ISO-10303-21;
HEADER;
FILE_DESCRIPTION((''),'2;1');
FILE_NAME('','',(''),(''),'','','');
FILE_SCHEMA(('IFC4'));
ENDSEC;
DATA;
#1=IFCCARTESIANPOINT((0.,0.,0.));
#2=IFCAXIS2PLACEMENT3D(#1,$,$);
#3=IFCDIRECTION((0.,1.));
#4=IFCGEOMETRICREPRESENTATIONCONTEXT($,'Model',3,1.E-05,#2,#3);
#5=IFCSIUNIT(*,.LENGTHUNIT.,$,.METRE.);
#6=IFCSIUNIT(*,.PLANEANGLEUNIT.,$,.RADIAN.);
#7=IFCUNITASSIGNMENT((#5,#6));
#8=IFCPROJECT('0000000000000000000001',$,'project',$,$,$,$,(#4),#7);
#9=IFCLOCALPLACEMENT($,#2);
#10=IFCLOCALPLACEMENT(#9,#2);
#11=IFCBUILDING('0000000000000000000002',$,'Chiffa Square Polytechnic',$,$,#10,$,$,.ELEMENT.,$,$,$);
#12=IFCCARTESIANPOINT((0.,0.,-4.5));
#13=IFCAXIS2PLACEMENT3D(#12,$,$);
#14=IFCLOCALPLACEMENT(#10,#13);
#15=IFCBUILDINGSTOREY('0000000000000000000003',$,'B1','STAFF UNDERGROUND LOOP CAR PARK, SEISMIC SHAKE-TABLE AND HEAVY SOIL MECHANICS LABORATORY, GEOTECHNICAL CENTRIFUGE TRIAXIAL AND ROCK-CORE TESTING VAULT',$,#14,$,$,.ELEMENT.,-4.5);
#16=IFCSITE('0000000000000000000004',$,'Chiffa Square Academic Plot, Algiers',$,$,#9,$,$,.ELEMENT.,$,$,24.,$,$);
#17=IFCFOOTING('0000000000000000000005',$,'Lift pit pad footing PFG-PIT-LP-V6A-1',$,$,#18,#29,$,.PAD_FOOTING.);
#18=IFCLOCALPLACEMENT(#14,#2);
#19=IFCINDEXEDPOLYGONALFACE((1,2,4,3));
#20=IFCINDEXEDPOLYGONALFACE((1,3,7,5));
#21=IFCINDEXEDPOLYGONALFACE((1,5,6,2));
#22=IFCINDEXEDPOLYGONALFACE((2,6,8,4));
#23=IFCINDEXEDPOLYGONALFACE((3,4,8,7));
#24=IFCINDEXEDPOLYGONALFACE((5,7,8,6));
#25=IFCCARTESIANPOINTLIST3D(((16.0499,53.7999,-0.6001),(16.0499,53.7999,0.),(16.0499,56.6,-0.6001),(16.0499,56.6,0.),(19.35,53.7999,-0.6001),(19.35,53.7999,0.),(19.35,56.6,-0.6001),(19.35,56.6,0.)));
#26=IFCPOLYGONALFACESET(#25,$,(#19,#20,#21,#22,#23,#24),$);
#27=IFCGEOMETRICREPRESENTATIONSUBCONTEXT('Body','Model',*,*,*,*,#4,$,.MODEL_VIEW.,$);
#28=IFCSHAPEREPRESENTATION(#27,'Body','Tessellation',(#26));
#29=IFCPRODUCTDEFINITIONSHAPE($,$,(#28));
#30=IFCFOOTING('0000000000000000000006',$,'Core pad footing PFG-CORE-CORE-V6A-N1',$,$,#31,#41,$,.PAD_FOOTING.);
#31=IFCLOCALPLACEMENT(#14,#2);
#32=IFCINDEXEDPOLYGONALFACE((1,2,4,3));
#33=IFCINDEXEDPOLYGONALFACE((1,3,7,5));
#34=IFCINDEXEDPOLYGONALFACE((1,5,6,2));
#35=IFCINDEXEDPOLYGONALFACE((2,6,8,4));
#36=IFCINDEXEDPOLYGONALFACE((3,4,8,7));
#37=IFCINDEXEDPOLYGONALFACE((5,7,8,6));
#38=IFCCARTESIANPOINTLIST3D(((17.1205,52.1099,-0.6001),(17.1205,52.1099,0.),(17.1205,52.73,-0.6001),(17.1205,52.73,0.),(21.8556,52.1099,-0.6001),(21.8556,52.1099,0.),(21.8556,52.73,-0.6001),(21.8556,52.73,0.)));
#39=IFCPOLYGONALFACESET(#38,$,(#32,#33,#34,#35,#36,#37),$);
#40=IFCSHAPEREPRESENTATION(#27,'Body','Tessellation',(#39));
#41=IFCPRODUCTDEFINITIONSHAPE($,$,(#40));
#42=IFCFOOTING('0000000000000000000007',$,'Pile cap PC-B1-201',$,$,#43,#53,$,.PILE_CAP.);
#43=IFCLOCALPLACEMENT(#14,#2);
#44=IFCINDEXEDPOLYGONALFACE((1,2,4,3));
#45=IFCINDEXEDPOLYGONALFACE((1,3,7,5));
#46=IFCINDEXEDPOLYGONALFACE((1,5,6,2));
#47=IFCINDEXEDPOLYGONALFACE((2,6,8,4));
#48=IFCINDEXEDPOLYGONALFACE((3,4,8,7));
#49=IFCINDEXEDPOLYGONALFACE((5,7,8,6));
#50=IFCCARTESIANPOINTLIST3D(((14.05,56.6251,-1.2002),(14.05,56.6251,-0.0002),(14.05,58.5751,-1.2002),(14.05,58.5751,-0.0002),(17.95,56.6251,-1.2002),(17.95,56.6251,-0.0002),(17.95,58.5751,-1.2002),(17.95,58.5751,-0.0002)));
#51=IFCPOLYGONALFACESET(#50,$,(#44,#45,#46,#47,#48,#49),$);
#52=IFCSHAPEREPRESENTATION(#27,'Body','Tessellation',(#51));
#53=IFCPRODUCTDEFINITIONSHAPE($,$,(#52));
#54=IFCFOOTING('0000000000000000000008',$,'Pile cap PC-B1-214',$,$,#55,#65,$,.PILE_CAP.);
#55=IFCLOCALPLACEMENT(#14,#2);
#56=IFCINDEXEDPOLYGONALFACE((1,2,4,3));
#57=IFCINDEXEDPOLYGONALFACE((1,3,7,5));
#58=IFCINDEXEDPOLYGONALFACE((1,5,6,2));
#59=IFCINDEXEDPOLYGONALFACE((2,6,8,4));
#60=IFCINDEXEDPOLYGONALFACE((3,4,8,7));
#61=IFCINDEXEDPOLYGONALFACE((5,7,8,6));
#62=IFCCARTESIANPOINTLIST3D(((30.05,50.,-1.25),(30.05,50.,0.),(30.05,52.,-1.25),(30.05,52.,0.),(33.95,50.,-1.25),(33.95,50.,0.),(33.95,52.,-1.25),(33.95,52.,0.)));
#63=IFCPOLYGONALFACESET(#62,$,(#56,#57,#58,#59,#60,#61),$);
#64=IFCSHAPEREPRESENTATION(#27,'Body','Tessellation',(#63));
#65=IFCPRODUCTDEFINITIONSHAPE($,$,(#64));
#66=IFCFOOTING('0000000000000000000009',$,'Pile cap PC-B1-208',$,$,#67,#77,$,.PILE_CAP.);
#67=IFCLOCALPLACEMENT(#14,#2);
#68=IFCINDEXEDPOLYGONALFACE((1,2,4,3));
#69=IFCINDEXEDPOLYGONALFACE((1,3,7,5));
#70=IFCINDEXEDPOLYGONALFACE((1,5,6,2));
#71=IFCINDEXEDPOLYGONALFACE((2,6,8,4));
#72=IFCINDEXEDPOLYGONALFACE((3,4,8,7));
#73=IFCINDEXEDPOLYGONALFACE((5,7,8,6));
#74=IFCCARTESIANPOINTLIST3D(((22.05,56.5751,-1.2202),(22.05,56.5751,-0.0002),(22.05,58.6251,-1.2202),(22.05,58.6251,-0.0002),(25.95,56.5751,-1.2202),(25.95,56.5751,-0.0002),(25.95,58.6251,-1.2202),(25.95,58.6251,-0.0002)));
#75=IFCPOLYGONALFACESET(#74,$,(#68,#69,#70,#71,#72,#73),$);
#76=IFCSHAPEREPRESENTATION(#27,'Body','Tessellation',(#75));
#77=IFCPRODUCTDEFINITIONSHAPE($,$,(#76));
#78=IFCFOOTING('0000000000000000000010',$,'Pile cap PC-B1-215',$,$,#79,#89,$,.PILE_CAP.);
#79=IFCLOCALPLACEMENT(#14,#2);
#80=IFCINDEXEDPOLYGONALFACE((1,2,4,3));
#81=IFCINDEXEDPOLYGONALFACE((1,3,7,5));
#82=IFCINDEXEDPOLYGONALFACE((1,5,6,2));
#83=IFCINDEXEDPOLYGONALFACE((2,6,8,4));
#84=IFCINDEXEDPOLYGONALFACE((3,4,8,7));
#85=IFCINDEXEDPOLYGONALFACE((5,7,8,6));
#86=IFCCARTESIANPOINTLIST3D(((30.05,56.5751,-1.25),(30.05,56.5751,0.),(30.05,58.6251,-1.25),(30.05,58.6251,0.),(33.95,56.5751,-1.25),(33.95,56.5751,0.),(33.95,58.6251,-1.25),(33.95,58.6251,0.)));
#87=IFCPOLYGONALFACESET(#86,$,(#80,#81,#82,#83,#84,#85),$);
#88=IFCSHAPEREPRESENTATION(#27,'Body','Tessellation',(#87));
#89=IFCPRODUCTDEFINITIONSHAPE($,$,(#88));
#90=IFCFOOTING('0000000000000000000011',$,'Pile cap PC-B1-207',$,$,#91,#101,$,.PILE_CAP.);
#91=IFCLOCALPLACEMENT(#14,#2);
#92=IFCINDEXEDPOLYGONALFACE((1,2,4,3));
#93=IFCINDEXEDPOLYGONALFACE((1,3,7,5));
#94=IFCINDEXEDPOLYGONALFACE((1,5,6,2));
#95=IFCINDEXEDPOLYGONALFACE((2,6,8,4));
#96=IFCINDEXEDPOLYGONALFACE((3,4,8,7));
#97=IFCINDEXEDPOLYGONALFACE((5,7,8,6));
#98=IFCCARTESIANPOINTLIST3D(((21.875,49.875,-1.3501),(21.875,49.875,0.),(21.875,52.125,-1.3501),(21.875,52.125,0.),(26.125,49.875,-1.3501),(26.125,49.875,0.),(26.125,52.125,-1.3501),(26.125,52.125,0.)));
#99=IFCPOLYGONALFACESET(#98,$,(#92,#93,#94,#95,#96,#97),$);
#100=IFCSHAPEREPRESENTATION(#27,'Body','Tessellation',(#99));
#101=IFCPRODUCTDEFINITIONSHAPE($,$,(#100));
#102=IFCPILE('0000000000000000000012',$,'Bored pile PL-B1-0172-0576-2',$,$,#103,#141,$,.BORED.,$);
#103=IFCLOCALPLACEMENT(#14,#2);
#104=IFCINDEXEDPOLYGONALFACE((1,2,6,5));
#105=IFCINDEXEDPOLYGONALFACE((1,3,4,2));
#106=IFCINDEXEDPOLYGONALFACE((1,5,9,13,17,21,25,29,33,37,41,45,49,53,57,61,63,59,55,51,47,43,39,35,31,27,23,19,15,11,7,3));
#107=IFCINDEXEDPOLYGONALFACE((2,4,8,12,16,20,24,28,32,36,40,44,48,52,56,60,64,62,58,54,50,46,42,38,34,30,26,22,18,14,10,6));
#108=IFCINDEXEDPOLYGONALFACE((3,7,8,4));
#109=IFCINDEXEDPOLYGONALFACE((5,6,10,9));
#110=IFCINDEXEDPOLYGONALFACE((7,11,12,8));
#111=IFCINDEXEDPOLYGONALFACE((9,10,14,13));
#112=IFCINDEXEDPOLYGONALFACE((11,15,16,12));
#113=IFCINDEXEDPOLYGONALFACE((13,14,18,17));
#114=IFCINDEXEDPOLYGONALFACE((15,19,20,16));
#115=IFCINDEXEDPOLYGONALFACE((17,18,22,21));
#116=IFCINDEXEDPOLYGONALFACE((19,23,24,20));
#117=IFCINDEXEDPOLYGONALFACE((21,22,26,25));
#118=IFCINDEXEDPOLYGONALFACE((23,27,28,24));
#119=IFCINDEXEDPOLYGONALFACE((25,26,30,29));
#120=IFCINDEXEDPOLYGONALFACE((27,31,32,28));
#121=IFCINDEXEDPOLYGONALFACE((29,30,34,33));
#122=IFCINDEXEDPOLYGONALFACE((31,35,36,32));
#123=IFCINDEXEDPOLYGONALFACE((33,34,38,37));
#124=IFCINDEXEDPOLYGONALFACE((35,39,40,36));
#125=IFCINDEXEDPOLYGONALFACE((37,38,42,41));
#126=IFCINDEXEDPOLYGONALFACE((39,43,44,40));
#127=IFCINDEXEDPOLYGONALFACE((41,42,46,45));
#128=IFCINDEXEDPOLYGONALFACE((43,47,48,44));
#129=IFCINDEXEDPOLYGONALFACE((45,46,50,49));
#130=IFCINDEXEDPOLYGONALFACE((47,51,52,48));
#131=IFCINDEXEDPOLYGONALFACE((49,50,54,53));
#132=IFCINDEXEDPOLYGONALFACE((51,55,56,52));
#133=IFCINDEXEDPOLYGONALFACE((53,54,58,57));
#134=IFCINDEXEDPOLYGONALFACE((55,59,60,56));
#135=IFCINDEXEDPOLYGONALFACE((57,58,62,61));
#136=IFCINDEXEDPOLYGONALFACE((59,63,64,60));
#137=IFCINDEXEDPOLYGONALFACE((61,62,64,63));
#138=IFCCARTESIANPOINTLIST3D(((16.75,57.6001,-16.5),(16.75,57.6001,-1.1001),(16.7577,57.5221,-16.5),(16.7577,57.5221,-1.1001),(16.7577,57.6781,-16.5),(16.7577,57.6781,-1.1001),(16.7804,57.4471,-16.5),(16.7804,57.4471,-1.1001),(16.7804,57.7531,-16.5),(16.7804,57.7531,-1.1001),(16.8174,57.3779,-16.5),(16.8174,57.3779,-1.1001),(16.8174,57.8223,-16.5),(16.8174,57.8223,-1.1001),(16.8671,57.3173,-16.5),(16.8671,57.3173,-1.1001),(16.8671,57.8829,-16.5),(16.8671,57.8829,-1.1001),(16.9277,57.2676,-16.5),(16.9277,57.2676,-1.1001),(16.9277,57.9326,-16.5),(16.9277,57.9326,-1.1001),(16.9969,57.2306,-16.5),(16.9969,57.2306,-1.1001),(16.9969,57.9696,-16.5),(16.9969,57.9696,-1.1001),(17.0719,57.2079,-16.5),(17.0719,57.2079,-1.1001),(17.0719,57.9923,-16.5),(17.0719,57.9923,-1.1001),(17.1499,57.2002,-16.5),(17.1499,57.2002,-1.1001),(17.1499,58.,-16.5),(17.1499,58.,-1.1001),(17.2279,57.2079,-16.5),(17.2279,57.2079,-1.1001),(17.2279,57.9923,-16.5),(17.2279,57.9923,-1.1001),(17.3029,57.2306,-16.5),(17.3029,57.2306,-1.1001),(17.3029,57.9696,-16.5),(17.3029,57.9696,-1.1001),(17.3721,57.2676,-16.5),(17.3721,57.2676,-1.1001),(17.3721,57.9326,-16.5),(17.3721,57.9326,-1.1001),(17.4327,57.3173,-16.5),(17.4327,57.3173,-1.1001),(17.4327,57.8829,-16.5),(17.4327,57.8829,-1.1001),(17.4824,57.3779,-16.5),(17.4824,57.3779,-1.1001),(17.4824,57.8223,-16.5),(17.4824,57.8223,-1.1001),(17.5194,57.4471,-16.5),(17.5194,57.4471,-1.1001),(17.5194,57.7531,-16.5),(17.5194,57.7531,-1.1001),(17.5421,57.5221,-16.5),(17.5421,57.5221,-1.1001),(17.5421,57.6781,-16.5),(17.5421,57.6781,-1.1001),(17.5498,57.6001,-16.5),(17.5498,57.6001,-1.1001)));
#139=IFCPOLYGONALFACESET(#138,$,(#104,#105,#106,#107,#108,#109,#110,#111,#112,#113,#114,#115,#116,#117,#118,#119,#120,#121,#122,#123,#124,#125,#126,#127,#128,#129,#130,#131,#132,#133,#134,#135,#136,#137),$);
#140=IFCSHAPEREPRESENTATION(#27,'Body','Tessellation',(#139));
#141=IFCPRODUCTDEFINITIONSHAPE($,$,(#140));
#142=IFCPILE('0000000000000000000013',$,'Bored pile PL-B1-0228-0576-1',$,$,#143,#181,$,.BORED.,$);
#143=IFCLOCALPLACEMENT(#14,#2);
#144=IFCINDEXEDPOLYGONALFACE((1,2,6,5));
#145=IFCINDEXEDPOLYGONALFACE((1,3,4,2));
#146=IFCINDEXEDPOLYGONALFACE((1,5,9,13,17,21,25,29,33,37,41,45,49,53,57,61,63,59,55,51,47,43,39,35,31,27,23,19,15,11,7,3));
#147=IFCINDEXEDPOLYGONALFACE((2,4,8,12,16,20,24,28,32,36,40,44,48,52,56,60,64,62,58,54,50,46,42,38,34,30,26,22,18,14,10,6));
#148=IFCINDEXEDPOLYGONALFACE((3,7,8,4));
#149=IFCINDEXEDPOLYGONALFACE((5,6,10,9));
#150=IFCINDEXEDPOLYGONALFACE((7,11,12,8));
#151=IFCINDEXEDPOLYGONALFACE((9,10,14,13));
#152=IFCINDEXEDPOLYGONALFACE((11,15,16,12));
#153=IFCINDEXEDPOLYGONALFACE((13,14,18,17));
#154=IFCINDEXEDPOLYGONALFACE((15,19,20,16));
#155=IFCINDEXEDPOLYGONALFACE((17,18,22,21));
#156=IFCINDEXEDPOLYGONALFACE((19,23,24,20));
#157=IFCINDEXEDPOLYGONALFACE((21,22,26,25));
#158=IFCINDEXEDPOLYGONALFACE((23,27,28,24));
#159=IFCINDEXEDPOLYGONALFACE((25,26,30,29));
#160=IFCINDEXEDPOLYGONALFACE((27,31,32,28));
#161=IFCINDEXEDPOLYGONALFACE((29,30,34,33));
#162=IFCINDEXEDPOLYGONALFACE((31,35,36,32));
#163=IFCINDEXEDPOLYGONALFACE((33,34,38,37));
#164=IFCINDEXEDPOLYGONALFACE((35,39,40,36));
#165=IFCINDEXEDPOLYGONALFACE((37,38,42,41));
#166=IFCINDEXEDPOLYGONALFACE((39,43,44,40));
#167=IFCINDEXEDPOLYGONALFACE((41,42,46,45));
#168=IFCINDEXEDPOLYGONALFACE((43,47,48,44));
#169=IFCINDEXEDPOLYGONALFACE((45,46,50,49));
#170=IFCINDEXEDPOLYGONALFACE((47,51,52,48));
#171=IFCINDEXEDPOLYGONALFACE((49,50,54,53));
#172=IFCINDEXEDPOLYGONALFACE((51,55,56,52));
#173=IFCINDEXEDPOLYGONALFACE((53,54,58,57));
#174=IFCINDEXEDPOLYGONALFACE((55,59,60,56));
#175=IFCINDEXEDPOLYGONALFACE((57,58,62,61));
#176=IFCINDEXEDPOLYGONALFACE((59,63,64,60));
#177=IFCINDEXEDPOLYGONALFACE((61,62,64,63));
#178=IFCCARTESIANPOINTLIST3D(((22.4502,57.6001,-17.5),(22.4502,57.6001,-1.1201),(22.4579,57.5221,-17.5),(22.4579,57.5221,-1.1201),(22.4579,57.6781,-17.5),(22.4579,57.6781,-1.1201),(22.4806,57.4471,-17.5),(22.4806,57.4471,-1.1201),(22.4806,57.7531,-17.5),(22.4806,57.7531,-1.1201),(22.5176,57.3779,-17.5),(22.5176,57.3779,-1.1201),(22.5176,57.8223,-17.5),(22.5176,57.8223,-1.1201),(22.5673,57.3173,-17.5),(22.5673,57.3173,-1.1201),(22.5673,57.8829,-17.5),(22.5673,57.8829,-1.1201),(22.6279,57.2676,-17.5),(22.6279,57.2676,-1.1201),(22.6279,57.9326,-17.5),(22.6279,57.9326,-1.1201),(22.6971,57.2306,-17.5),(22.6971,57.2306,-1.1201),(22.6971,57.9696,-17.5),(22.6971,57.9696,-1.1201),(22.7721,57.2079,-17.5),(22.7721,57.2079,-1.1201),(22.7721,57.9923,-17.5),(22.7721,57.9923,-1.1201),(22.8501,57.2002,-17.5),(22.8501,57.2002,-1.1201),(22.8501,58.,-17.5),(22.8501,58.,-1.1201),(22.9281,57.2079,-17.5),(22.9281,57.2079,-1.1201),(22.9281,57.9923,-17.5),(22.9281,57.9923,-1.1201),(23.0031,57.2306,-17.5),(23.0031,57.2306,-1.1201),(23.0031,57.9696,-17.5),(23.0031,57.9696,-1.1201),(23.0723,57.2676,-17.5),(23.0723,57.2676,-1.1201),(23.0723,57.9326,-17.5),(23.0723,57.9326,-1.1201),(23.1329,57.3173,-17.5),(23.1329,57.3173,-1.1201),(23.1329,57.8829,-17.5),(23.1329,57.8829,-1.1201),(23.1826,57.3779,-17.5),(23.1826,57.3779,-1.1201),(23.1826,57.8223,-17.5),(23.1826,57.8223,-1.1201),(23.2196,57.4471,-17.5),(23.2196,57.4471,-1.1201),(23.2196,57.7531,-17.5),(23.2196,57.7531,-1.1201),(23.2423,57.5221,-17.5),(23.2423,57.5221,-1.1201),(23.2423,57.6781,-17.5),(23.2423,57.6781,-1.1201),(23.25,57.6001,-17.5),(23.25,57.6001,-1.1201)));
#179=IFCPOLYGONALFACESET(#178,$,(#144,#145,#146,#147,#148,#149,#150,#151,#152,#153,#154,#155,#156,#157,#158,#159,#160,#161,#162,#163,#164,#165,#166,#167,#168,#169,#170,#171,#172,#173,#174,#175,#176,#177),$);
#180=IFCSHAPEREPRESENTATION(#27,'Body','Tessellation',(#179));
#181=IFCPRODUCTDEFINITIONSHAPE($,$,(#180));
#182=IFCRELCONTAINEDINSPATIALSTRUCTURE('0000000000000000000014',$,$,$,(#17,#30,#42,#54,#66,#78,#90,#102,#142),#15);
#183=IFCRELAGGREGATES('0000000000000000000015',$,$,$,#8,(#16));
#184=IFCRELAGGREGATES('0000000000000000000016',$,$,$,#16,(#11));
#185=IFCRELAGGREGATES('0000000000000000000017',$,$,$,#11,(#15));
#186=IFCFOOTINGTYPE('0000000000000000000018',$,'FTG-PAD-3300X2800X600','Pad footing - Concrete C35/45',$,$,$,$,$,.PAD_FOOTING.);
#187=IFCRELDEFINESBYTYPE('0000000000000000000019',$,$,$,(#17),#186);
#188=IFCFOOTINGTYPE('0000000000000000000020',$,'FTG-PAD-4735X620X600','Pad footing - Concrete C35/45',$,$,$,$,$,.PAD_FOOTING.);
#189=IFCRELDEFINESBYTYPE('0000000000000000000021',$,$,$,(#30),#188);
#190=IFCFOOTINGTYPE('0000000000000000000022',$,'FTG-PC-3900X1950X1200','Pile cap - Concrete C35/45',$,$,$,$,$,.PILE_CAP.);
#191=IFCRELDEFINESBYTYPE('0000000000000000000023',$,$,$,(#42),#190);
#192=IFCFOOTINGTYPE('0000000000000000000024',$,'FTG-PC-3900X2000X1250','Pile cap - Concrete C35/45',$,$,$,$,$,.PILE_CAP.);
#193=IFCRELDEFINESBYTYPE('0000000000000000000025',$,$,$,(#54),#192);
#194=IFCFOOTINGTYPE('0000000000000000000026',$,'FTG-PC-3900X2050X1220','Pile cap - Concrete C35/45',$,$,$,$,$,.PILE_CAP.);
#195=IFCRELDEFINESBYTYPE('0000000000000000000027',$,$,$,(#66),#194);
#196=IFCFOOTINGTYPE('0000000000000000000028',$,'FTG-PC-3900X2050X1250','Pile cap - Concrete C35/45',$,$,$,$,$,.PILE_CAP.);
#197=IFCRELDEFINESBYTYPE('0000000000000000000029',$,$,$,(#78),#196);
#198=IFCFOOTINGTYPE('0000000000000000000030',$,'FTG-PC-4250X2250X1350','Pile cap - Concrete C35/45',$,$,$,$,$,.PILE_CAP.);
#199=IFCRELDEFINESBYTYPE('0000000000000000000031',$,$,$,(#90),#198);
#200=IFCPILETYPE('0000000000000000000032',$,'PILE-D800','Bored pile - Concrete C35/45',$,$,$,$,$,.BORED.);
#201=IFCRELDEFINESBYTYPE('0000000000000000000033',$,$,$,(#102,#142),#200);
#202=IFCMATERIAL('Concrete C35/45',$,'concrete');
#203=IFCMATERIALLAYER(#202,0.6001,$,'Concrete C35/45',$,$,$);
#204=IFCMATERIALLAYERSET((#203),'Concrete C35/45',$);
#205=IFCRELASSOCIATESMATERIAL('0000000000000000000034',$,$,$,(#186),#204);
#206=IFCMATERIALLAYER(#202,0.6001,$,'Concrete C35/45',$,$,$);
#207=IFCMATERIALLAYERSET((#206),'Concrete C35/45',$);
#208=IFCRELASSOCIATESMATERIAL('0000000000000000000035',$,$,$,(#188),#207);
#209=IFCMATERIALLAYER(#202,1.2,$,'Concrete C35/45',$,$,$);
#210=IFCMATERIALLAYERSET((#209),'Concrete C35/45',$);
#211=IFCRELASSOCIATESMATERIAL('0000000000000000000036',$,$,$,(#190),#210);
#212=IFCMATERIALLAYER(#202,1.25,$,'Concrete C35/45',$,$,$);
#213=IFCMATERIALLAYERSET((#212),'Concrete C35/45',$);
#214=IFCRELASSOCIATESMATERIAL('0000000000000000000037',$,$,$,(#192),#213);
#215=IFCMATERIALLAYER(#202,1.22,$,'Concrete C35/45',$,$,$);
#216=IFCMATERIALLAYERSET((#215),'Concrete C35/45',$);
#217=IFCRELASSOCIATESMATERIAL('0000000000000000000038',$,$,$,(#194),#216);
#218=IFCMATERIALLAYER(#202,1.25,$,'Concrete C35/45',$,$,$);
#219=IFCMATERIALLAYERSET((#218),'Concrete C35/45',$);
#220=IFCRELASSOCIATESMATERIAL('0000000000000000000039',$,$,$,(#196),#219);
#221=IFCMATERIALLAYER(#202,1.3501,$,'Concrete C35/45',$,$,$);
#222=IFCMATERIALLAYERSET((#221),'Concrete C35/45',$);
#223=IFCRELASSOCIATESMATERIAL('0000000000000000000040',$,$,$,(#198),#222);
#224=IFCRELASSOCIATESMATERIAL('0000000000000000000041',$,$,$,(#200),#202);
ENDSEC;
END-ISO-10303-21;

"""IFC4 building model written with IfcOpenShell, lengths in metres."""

from ifc_helpers import new_model, si_unit, direction, frame, origin, origin_2d, place, context, subcontext, project, spatial, rectangle, circle, extrude, material, layer, layer_set, material_profile, profile_set, type_object, element, save


model = new_model("IFC4")

# Units and contexts
model_context = context("Model", 3, precision=1e-05, world=origin(), true_north=direction((0.0, 1.0)))
body_context = subcontext(model_context, "Body", "Model", "MODEL_VIEW")
ifc_project = project(units=[si_unit("LENGTHUNIT", "METRE"), si_unit("PLANEANGLEUNIT", "RADIAN")], contexts=[model_context])

# Site, building, storey
site_placement = place(None, origin())
site = spatial("IfcSite", under=ifc_project, at=site_placement, Name="Chiffa Square Academic Plot, Algiers", CompositionType="ELEMENT", RefElevation=24.0)
building_placement = place(site_placement, origin())
building = spatial("IfcBuilding", under=site, at=building_placement, Name="Chiffa Square Polytechnic", CompositionType="ELEMENT")
storey_placement = place(building_placement, frame((0.0, 0.0, -4.5)))
storey = spatial("IfcBuildingStorey", under=building, at=storey_placement, Name="B1", Description="STAFF UNDERGROUND LOOP CAR PARK, SEISMIC SHAKE-TABLE AND HEAVY SOIL MECHANICS LABORATORY, GEOTECHNICAL CENTRIFUGE TRIAXIAL AND ROCK-CORE TESTING VAULT", CompositionType="ELEMENT", Elevation=-4.5)

# Footings
ifc_material_1 = material(Name="Concrete C35/45", Category="concrete")
ifc_layer_1 = layer(ifc_material_1, 0.6001, Name="Concrete C35/45")
ifc_layer_set_1 = layer_set([ifc_layer_1], Name="Concrete C35/45")
footing_type_1 = type_object("IfcFootingType", Name="FTG-PAD-3300X2800X600", Description="Pad footing - Concrete C35/45", PredefinedType="PAD_FOOTING", material=ifc_layer_set_1)
footing_1_placement = place(storey_placement, frame((17.7, 55.2, -0.6001), z_axis=(0.0, 0.0, 1.0), x_axis=(1.0, 0.0, 0.0)))
element("IfcFooting", 1, at=footing_1_placement, inside=storey, type_object=footing_type_1, Name="Lift pit pad footing PFG-PIT-LP-V6A-1", PredefinedType="PAD_FOOTING", context=body_context, shape_type="SweptSolid", body=[
    extrude(rectangle(XDim=3.3, YDim=2.8, at=origin_2d()), origin(), (0.0, 0.0, 1.0), 0.6001),
])
ifc_layer_2 = layer(ifc_material_1, 0.6001, Name="Concrete C35/45")
ifc_layer_set_2 = layer_set([ifc_layer_2], Name="Concrete C35/45")
footing_type_2 = type_object("IfcFootingType", Name="FTG-PAD-4735X620X600", Description="Pad footing - Concrete C35/45", PredefinedType="PAD_FOOTING", material=ifc_layer_set_2)
footing_2_placement = place(storey_placement, frame((19.488, 52.4199, -0.6001), z_axis=(0.0, 0.0, 1.0), x_axis=(1.0, 0.0, 0.0)))
element("IfcFooting", 2, at=footing_2_placement, inside=storey, type_object=footing_type_2, Name="Core pad footing PFG-CORE-CORE-V6A-N1", PredefinedType="PAD_FOOTING", context=body_context, shape_type="SweptSolid", body=[
    extrude(rectangle(XDim=4.7351, YDim=0.6201, at=origin_2d()), origin(), (0.0, 0.0, 1.0), 0.6001),
])
ifc_layer_3 = layer(ifc_material_1, 1.2, Name="Concrete C35/45")
ifc_layer_set_3 = layer_set([ifc_layer_3], Name="Concrete C35/45")
footing_type_3 = type_object("IfcFootingType", Name="FTG-PC-3900X1950X1200", Description="Pile cap - Concrete C35/45", PredefinedType="PILE_CAP", material=ifc_layer_set_3)
footing_3_placement = place(storey_placement, frame((16.0, 57.6001, -1.2002), z_axis=(0.0, 0.0, 1.0), x_axis=(1.0, 0.0, 0.0)))
element("IfcFooting", 3, at=footing_3_placement, inside=storey, type_object=footing_type_3, Name="Pile cap PC-B1-201", PredefinedType="PILE_CAP", context=body_context, shape_type="SweptSolid", body=[
    extrude(rectangle(XDim=3.8999, YDim=1.95, at=origin_2d()), origin(), (0.0, 0.0, 1.0), 1.2),
])
ifc_layer_4 = layer(ifc_material_1, 1.25, Name="Concrete C35/45")
ifc_layer_set_4 = layer_set([ifc_layer_4], Name="Concrete C35/45")
footing_type_4 = type_object("IfcFootingType", Name="FTG-PC-3900X2000X1250", Description="Pile cap - Concrete C35/45", PredefinedType="PILE_CAP", material=ifc_layer_set_4)
footing_4_placement = place(storey_placement, frame((32.0, 51.0, -1.25), z_axis=(0.0, 0.0, 1.0), x_axis=(1.0, 0.0, 0.0)))
element("IfcFooting", 4, at=footing_4_placement, inside=storey, type_object=footing_type_4, Name="Pile cap PC-B1-214", PredefinedType="PILE_CAP", context=body_context, shape_type="SweptSolid", body=[
    extrude(rectangle(XDim=3.8999, YDim=2.0, at=origin_2d()), origin(), (0.0, 0.0, 1.0), 1.25),
])
ifc_layer_5 = layer(ifc_material_1, 1.22, Name="Concrete C35/45")
ifc_layer_set_5 = layer_set([ifc_layer_5], Name="Concrete C35/45")
footing_type_5 = type_object("IfcFootingType", Name="FTG-PC-3900X2050X1220", Description="Pile cap - Concrete C35/45", PredefinedType="PILE_CAP", material=ifc_layer_set_5)
footing_5_placement = place(storey_placement, frame((24.0, 57.6001, -1.2202), z_axis=(0.0, 0.0, 1.0), x_axis=(1.0, 0.0, 0.0)))
element("IfcFooting", 5, at=footing_5_placement, inside=storey, type_object=footing_type_5, Name="Pile cap PC-B1-208", PredefinedType="PILE_CAP", context=body_context, shape_type="SweptSolid", body=[
    extrude(rectangle(XDim=3.8999, YDim=2.05, at=origin_2d()), origin(), (0.0, 0.0, 1.0), 1.22),
])
ifc_layer_6 = layer(ifc_material_1, 1.25, Name="Concrete C35/45")
ifc_layer_set_6 = layer_set([ifc_layer_6], Name="Concrete C35/45")
footing_type_6 = type_object("IfcFootingType", Name="FTG-PC-3900X2050X1250", Description="Pile cap - Concrete C35/45", PredefinedType="PILE_CAP", material=ifc_layer_set_6)
footing_6_placement = place(storey_placement, frame((32.0, 57.6001, -1.25), z_axis=(0.0, 0.0, 1.0), x_axis=(1.0, 0.0, 0.0)))
element("IfcFooting", 6, at=footing_6_placement, inside=storey, type_object=footing_type_6, Name="Pile cap PC-B1-215", PredefinedType="PILE_CAP", context=body_context, shape_type="SweptSolid", body=[
    extrude(rectangle(XDim=3.8999, YDim=2.05, at=origin_2d()), origin(), (0.0, 0.0, 1.0), 1.25),
])
ifc_layer_7 = layer(ifc_material_1, 1.3501, Name="Concrete C35/45")
ifc_layer_set_7 = layer_set([ifc_layer_7], Name="Concrete C35/45")
footing_type_7 = type_object("IfcFootingType", Name="FTG-PC-4250X2250X1350", Description="Pile cap - Concrete C35/45", PredefinedType="PILE_CAP", material=ifc_layer_set_7)
footing_7_placement = place(storey_placement, frame((24.0, 51.0, -1.3501), z_axis=(0.0, 0.0, 1.0), x_axis=(1.0, 0.0, 0.0)))
element("IfcFooting", 7, at=footing_7_placement, inside=storey, type_object=footing_type_7, Name="Pile cap PC-B1-207", PredefinedType="PILE_CAP", context=body_context, shape_type="SweptSolid", body=[
    extrude(rectangle(XDim=4.25, YDim=2.25, at=origin_2d()), origin(), (0.0, 0.0, 1.0), 1.3501),
])

# Piles
ifc_material_profile_1 = material_profile(ifc_material_1, circle(Radius=0.3999, at=origin_2d()), Name="PILE D800")
ifc_profile_set_1 = profile_set([ifc_material_profile_1], Name="Concrete C35/45")
pile_type_1 = type_object("IfcPileType", Name="PILE-D800", Description="Bored pile - Concrete C35/45", PredefinedType="BORED", material=ifc_profile_set_1)
pile_placement = place(storey_placement, frame((17.1499, 57.6001, -1.1001), z_axis=(0.0, 0.0, -1.0), x_axis=(1.0, 0.0, 0.0)))
element("IfcPile", 8, at=pile_placement, inside=storey, type_object=pile_type_1, Name="Bored pile PL-B1-0172-0576-2", PredefinedType="BORED", context=body_context, shape_type="SweptSolid", body=[
    extrude(circle(Radius=0.3999, at=origin_2d()), origin(), (0.0, 0.0, 1.0), 15.3999),
])
for number, where, z_axis, x_axis, name in (
    (9, (22.8501, 57.6001, -1.1201), (0.0, 0.0, -1.0), (1.0, 0.0, 0.0), "Bored pile PL-B1-0228-0576-1"),
):
    element("IfcPile", number, at=place(storey_placement, frame(where, z_axis=z_axis, x_axis=x_axis)), inside=storey, type_object=pile_type_1, Name=name, PredefinedType="BORED", context=body_context, shape_type="SweptSolid", body=[
        extrude(circle(Radius=0.3999, at=origin_2d()), origin(), (0.0, 0.0, 1.0), 16.3799),
    ])

save(model, "model.ifc")
